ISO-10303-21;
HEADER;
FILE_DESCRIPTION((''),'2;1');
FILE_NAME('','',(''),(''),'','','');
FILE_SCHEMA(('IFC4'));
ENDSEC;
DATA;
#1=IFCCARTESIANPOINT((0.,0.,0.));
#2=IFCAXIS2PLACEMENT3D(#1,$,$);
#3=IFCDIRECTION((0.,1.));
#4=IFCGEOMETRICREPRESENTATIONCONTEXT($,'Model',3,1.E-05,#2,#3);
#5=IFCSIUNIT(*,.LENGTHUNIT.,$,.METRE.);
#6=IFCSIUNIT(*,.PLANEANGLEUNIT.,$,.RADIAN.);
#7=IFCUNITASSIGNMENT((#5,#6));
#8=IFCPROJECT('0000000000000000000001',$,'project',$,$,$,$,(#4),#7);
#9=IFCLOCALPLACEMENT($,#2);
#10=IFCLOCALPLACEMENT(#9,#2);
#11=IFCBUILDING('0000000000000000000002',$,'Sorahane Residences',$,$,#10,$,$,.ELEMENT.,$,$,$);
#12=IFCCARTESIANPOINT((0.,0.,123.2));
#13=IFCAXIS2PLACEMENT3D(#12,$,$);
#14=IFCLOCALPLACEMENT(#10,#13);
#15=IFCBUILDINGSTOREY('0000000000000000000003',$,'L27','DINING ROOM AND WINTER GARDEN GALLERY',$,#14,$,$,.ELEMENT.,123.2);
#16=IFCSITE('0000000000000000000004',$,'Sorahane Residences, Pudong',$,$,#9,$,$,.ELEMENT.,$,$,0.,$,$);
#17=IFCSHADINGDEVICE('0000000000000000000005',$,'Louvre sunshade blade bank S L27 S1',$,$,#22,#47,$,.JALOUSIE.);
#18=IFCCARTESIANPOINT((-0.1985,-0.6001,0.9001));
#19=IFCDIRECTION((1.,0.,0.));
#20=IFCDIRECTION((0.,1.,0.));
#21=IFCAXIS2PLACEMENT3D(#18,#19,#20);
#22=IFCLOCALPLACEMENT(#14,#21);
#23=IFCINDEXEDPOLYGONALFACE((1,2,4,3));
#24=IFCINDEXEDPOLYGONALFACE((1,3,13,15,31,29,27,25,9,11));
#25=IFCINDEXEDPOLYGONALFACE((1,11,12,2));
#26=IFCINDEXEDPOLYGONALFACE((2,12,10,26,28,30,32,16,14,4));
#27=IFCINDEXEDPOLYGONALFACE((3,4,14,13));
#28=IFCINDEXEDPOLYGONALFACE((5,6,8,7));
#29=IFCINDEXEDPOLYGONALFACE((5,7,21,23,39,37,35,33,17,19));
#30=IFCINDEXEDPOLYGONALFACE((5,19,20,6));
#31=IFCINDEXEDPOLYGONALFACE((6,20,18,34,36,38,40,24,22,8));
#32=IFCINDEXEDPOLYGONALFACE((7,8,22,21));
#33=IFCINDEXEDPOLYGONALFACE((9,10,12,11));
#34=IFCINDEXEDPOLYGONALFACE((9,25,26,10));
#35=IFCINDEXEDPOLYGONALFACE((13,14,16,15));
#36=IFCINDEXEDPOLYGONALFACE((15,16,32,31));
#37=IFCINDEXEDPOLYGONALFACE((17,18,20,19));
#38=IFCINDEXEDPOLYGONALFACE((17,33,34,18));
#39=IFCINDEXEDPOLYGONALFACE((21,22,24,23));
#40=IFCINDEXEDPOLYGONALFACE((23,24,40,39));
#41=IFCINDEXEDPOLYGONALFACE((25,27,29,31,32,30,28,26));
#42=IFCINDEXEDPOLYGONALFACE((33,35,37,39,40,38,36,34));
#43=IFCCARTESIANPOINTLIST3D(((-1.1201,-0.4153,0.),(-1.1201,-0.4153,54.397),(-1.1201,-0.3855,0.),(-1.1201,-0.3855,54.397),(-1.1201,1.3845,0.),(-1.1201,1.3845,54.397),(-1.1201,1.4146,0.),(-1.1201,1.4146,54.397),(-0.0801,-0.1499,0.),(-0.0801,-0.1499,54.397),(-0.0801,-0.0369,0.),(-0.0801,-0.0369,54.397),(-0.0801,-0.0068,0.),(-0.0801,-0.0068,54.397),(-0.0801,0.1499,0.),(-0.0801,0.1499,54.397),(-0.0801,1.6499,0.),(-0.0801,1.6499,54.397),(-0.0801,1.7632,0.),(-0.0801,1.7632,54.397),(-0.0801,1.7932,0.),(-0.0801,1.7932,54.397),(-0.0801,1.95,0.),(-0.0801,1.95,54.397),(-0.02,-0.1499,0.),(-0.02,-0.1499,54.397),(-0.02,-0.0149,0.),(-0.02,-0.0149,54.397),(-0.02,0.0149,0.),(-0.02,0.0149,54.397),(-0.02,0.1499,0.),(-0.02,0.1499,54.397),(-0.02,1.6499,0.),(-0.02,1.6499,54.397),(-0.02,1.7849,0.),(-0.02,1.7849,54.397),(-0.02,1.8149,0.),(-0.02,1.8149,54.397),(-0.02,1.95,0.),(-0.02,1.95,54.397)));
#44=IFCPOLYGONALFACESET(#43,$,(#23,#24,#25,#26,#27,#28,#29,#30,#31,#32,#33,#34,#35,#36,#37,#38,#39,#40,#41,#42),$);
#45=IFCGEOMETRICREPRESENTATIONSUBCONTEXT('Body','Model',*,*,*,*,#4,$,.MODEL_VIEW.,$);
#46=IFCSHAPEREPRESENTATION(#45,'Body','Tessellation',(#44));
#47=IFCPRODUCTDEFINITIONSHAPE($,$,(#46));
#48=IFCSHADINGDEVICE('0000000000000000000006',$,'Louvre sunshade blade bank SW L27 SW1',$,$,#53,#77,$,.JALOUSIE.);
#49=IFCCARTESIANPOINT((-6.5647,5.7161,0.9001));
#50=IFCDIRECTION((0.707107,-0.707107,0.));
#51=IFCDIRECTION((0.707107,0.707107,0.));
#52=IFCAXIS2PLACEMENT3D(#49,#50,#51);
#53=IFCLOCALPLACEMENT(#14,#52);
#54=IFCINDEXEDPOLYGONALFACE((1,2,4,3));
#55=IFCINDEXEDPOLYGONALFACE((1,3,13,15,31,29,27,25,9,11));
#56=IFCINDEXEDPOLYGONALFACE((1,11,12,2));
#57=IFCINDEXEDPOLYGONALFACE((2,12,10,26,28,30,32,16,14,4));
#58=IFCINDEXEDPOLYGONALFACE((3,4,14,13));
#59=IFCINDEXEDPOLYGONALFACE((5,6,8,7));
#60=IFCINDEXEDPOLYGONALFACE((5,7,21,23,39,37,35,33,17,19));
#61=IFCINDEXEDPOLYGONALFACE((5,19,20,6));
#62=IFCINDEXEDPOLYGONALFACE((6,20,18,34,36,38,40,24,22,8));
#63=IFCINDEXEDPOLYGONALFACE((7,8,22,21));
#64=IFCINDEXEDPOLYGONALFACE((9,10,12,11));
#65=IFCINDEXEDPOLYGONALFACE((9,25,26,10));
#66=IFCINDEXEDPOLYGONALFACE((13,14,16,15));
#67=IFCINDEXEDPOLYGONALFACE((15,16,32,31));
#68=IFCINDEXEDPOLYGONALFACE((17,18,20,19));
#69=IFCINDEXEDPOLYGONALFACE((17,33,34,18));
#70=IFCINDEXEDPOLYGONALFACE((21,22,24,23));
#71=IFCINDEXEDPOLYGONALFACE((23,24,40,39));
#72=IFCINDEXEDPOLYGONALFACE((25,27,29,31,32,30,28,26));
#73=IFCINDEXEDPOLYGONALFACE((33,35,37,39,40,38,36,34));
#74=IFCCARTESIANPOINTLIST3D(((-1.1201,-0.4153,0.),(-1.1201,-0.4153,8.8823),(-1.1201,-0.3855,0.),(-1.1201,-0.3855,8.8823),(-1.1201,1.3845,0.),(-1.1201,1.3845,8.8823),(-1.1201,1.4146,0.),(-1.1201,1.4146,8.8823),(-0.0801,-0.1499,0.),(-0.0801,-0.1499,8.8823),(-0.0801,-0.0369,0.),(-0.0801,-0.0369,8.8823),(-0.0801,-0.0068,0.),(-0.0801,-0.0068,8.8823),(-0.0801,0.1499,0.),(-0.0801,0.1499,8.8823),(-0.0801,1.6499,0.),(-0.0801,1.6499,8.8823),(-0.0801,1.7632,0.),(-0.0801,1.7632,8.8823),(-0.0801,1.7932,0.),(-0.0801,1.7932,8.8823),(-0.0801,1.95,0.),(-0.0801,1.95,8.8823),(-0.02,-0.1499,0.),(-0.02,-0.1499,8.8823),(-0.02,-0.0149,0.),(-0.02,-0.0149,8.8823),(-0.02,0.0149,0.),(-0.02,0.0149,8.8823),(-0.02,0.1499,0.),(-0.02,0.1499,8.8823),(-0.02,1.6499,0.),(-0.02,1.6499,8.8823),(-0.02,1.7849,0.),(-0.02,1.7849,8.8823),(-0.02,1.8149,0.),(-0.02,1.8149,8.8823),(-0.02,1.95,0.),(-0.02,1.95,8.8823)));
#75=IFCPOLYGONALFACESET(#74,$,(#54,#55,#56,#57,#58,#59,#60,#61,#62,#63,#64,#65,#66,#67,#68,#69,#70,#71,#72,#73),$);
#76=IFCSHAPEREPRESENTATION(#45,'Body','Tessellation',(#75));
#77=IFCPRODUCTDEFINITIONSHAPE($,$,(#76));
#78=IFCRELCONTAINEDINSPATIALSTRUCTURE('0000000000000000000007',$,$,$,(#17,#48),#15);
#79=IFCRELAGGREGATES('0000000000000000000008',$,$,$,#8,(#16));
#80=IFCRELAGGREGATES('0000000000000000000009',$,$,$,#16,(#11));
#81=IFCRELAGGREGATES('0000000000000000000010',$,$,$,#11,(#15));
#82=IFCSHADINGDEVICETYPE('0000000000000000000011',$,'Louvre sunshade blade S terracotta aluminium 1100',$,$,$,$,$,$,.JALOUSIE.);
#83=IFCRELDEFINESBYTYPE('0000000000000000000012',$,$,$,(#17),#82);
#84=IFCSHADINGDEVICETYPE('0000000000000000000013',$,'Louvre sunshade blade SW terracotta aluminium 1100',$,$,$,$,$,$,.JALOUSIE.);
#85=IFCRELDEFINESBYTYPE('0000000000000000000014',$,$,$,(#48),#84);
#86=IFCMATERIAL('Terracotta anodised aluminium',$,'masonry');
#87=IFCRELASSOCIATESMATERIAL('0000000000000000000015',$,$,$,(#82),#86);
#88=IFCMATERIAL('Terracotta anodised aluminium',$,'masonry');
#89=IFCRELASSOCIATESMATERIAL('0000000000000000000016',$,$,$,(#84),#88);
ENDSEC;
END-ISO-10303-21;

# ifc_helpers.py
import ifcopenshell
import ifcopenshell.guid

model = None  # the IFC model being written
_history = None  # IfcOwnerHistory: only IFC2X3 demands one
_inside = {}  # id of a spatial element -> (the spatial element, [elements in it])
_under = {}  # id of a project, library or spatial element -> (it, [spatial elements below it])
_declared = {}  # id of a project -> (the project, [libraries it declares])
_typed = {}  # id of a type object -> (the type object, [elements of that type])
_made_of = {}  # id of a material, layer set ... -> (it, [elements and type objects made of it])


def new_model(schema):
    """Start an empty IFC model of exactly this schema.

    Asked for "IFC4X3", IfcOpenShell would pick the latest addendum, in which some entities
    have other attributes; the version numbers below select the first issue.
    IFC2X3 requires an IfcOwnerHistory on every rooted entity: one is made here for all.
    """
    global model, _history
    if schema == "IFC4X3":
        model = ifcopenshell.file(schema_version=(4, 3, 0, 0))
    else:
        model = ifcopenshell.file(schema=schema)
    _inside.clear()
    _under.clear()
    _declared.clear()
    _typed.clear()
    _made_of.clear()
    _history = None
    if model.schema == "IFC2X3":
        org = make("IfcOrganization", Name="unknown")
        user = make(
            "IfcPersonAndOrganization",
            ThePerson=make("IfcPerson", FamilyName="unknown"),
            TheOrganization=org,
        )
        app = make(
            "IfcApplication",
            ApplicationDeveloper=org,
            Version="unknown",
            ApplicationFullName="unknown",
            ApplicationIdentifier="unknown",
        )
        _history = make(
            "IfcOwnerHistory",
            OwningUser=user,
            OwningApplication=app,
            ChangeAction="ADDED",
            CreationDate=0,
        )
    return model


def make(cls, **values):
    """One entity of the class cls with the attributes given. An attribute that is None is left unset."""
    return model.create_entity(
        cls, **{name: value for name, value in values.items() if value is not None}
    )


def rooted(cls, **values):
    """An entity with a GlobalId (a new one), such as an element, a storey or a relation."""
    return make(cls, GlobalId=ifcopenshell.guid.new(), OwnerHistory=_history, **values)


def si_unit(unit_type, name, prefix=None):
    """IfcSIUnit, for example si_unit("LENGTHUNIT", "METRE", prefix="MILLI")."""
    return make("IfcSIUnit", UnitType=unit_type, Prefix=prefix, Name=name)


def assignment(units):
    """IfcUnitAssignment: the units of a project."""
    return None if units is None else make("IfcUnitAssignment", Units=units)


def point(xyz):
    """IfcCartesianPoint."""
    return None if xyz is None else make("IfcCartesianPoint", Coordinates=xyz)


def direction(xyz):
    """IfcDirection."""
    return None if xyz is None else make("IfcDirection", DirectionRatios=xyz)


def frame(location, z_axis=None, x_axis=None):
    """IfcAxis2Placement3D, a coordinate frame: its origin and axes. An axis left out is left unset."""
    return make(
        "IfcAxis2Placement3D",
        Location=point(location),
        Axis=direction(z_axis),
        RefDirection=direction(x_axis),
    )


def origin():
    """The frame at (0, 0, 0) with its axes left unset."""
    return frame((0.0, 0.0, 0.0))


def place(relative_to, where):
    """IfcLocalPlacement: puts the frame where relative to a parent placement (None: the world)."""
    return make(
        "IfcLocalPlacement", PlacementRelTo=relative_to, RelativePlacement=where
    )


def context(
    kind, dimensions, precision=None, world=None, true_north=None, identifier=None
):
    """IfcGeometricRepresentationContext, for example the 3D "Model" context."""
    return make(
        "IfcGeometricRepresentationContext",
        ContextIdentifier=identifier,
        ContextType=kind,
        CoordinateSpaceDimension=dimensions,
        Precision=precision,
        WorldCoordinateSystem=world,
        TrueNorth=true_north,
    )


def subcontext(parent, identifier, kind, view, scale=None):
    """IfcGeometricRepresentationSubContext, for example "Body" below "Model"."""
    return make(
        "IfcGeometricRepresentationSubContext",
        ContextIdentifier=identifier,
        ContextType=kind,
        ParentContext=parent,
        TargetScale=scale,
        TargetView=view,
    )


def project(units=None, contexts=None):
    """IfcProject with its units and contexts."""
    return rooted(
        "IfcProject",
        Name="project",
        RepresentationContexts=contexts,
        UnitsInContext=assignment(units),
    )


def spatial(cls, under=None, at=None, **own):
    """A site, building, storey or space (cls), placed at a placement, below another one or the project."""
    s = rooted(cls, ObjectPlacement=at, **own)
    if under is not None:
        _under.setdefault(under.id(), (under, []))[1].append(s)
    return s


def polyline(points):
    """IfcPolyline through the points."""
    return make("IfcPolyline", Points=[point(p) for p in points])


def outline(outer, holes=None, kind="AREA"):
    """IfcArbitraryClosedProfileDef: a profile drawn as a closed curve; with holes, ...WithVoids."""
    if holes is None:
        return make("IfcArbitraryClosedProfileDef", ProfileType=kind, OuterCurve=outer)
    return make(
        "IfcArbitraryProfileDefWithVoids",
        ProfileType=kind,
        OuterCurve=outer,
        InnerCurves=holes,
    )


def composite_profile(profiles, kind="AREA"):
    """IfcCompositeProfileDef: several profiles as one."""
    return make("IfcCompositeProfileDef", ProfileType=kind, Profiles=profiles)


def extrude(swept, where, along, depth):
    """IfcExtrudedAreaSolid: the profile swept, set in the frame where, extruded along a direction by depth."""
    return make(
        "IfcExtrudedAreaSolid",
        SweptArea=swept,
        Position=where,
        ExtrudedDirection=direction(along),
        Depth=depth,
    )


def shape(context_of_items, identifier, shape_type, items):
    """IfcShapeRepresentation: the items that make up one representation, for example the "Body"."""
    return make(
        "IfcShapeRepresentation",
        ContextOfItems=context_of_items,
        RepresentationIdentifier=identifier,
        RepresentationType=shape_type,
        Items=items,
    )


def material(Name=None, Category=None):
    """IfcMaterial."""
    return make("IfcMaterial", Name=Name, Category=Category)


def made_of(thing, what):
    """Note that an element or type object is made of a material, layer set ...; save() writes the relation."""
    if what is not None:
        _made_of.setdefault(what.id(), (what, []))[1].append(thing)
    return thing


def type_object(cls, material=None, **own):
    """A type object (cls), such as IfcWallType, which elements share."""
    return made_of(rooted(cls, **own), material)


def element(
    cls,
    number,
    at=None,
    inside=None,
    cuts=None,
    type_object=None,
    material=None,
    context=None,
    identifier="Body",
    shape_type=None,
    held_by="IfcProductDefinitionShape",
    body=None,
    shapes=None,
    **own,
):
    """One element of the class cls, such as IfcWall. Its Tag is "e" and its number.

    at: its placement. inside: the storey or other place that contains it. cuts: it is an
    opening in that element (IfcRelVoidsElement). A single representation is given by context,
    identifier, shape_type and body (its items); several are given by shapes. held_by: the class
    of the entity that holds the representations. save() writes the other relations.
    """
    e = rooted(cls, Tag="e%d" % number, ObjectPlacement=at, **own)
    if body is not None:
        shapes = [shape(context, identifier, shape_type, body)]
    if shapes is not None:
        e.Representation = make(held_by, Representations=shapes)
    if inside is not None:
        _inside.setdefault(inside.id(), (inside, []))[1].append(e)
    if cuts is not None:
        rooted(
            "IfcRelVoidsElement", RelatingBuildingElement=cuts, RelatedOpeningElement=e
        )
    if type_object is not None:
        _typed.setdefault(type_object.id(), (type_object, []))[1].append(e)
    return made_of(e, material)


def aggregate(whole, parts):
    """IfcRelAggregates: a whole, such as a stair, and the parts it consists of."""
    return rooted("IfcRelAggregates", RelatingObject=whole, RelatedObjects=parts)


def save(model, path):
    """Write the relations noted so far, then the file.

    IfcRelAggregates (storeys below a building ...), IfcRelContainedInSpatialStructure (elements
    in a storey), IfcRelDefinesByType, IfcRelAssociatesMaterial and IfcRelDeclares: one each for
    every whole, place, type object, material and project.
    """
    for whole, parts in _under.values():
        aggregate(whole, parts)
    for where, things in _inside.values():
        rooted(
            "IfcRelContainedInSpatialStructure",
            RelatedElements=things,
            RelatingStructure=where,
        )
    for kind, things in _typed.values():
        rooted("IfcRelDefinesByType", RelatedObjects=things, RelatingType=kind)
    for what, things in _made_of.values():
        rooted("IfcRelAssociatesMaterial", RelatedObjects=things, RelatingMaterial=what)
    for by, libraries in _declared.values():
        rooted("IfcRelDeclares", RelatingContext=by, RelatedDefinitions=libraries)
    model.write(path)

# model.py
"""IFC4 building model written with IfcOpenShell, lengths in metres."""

from ifc_helpers import new_model, si_unit, direction, frame, origin, place, context, subcontext, project, spatial, polyline, outline, composite_profile, extrude, material, type_object, element, save


model = new_model("IFC4")

# Units and contexts
model_context = context("Model", 3, precision=1e-05, world=origin(), true_north=direction((0.0, 1.0)))
body_context = subcontext(model_context, "Body", "Model", "MODEL_VIEW")
ifc_project = project(units=[si_unit("LENGTHUNIT", "METRE"), si_unit("PLANEANGLEUNIT", "RADIAN")], contexts=[model_context])

# Site, building, storey
site_placement = place(None, origin())
site = spatial("IfcSite", under=ifc_project, at=site_placement, Name="Sorahane Residences, Pudong", CompositionType="ELEMENT", RefElevation=0.0)
building_placement = place(site_placement, origin())
building = spatial("IfcBuilding", under=site, at=building_placement, Name="Sorahane Residences", CompositionType="ELEMENT")
storey_placement = place(building_placement, frame((0.0, 0.0, 123.2)))
storey = spatial("IfcBuildingStorey", under=building, at=storey_placement, Name="L27", Description="DINING ROOM AND WINTER GARDEN GALLERY", CompositionType="ELEMENT", Elevation=123.2)

# Shading devices
ifc_material_1 = material(Name="Terracotta anodised aluminium", Category="masonry")
shading_device_type_1 = type_object("IfcShadingDeviceType", Name="Louvre sunshade blade S terracotta aluminium 1100", PredefinedType="JALOUSIE", material=ifc_material_1)
shading_device_1_placement = place(storey_placement, frame((-0.1985, -0.6001, 0.9001), z_axis=(1.0, 0.0, 0.0), x_axis=(0.0, 1.0, 0.0)))
element("IfcShadingDevice", 1, at=shading_device_1_placement, inside=storey, type_object=shading_device_type_1, Name="Louvre sunshade blade bank S L27 S1", PredefinedType="JALOUSIE", context=body_context, shape_type="SweptSolid", body=[
    extrude(composite_profile([outline(polyline([(-1.1201, -0.3855), (-1.1201, -0.4153), (-0.0801, -0.0369), (-0.0801, -0.1499), (-0.02, -0.1499), (-0.02, -0.0149), (-0.02, 0.0149), (-0.02, 0.1499), (-0.0801, 0.1499), (-0.0801, -0.0068), (-1.1201, -0.3855)])), outline(polyline([(-1.1201, 1.4146), (-1.1201, 1.3845), (-0.0801, 1.7632), (-0.0801, 1.6499), (-0.02, 1.6499), (-0.02, 1.7849), (-0.02, 1.8149), (-0.02, 1.95), (-0.0801, 1.95), (-0.0801, 1.7932), (-1.1201, 1.4146)]))]), origin(), (0.0, 0.0, 1.0), 54.397),
])
ifc_material_2 = material(Name="Terracotta anodised aluminium", Category="masonry")
shading_device_type_2 = type_object("IfcShadingDeviceType", Name="Louvre sunshade blade SW terracotta aluminium 1100", PredefinedType="JALOUSIE", material=ifc_material_2)
shading_device_2_placement = place(storey_placement, frame((-6.5647, 5.7161, 0.9001), z_axis=(0.707107, -0.707107, 0.0), x_axis=(0.707107, 0.707107, 0.0)))
element("IfcShadingDevice", 2, at=shading_device_2_placement, inside=storey, type_object=shading_device_type_2, Name="Louvre sunshade blade bank SW L27 SW1", PredefinedType="JALOUSIE", context=body_context, shape_type="SweptSolid", body=[
    extrude(composite_profile([outline(polyline([(-1.1201, -0.3855), (-1.1201, -0.4153), (-0.0801, -0.0369), (-0.0801, -0.1499), (-0.02, -0.1499), (-0.02, -0.0149), (-0.02, 0.0149), (-0.02, 0.1499), (-0.0801, 0.1499), (-0.0801, -0.0068), (-1.1201, -0.3855)])), outline(polyline([(-1.1201, 1.4146), (-1.1201, 1.3845), (-0.0801, 1.7632), (-0.0801, 1.6499), (-0.02, 1.6499), (-0.02, 1.7849), (-0.02, 1.8149), (-0.02, 1.95), (-0.0801, 1.95), (-0.0801, 1.7932), (-1.1201, 1.4146)]))]), origin(), (0.0, 0.0, 1.0), 8.8823),
])

save(model, "model.ifc")
